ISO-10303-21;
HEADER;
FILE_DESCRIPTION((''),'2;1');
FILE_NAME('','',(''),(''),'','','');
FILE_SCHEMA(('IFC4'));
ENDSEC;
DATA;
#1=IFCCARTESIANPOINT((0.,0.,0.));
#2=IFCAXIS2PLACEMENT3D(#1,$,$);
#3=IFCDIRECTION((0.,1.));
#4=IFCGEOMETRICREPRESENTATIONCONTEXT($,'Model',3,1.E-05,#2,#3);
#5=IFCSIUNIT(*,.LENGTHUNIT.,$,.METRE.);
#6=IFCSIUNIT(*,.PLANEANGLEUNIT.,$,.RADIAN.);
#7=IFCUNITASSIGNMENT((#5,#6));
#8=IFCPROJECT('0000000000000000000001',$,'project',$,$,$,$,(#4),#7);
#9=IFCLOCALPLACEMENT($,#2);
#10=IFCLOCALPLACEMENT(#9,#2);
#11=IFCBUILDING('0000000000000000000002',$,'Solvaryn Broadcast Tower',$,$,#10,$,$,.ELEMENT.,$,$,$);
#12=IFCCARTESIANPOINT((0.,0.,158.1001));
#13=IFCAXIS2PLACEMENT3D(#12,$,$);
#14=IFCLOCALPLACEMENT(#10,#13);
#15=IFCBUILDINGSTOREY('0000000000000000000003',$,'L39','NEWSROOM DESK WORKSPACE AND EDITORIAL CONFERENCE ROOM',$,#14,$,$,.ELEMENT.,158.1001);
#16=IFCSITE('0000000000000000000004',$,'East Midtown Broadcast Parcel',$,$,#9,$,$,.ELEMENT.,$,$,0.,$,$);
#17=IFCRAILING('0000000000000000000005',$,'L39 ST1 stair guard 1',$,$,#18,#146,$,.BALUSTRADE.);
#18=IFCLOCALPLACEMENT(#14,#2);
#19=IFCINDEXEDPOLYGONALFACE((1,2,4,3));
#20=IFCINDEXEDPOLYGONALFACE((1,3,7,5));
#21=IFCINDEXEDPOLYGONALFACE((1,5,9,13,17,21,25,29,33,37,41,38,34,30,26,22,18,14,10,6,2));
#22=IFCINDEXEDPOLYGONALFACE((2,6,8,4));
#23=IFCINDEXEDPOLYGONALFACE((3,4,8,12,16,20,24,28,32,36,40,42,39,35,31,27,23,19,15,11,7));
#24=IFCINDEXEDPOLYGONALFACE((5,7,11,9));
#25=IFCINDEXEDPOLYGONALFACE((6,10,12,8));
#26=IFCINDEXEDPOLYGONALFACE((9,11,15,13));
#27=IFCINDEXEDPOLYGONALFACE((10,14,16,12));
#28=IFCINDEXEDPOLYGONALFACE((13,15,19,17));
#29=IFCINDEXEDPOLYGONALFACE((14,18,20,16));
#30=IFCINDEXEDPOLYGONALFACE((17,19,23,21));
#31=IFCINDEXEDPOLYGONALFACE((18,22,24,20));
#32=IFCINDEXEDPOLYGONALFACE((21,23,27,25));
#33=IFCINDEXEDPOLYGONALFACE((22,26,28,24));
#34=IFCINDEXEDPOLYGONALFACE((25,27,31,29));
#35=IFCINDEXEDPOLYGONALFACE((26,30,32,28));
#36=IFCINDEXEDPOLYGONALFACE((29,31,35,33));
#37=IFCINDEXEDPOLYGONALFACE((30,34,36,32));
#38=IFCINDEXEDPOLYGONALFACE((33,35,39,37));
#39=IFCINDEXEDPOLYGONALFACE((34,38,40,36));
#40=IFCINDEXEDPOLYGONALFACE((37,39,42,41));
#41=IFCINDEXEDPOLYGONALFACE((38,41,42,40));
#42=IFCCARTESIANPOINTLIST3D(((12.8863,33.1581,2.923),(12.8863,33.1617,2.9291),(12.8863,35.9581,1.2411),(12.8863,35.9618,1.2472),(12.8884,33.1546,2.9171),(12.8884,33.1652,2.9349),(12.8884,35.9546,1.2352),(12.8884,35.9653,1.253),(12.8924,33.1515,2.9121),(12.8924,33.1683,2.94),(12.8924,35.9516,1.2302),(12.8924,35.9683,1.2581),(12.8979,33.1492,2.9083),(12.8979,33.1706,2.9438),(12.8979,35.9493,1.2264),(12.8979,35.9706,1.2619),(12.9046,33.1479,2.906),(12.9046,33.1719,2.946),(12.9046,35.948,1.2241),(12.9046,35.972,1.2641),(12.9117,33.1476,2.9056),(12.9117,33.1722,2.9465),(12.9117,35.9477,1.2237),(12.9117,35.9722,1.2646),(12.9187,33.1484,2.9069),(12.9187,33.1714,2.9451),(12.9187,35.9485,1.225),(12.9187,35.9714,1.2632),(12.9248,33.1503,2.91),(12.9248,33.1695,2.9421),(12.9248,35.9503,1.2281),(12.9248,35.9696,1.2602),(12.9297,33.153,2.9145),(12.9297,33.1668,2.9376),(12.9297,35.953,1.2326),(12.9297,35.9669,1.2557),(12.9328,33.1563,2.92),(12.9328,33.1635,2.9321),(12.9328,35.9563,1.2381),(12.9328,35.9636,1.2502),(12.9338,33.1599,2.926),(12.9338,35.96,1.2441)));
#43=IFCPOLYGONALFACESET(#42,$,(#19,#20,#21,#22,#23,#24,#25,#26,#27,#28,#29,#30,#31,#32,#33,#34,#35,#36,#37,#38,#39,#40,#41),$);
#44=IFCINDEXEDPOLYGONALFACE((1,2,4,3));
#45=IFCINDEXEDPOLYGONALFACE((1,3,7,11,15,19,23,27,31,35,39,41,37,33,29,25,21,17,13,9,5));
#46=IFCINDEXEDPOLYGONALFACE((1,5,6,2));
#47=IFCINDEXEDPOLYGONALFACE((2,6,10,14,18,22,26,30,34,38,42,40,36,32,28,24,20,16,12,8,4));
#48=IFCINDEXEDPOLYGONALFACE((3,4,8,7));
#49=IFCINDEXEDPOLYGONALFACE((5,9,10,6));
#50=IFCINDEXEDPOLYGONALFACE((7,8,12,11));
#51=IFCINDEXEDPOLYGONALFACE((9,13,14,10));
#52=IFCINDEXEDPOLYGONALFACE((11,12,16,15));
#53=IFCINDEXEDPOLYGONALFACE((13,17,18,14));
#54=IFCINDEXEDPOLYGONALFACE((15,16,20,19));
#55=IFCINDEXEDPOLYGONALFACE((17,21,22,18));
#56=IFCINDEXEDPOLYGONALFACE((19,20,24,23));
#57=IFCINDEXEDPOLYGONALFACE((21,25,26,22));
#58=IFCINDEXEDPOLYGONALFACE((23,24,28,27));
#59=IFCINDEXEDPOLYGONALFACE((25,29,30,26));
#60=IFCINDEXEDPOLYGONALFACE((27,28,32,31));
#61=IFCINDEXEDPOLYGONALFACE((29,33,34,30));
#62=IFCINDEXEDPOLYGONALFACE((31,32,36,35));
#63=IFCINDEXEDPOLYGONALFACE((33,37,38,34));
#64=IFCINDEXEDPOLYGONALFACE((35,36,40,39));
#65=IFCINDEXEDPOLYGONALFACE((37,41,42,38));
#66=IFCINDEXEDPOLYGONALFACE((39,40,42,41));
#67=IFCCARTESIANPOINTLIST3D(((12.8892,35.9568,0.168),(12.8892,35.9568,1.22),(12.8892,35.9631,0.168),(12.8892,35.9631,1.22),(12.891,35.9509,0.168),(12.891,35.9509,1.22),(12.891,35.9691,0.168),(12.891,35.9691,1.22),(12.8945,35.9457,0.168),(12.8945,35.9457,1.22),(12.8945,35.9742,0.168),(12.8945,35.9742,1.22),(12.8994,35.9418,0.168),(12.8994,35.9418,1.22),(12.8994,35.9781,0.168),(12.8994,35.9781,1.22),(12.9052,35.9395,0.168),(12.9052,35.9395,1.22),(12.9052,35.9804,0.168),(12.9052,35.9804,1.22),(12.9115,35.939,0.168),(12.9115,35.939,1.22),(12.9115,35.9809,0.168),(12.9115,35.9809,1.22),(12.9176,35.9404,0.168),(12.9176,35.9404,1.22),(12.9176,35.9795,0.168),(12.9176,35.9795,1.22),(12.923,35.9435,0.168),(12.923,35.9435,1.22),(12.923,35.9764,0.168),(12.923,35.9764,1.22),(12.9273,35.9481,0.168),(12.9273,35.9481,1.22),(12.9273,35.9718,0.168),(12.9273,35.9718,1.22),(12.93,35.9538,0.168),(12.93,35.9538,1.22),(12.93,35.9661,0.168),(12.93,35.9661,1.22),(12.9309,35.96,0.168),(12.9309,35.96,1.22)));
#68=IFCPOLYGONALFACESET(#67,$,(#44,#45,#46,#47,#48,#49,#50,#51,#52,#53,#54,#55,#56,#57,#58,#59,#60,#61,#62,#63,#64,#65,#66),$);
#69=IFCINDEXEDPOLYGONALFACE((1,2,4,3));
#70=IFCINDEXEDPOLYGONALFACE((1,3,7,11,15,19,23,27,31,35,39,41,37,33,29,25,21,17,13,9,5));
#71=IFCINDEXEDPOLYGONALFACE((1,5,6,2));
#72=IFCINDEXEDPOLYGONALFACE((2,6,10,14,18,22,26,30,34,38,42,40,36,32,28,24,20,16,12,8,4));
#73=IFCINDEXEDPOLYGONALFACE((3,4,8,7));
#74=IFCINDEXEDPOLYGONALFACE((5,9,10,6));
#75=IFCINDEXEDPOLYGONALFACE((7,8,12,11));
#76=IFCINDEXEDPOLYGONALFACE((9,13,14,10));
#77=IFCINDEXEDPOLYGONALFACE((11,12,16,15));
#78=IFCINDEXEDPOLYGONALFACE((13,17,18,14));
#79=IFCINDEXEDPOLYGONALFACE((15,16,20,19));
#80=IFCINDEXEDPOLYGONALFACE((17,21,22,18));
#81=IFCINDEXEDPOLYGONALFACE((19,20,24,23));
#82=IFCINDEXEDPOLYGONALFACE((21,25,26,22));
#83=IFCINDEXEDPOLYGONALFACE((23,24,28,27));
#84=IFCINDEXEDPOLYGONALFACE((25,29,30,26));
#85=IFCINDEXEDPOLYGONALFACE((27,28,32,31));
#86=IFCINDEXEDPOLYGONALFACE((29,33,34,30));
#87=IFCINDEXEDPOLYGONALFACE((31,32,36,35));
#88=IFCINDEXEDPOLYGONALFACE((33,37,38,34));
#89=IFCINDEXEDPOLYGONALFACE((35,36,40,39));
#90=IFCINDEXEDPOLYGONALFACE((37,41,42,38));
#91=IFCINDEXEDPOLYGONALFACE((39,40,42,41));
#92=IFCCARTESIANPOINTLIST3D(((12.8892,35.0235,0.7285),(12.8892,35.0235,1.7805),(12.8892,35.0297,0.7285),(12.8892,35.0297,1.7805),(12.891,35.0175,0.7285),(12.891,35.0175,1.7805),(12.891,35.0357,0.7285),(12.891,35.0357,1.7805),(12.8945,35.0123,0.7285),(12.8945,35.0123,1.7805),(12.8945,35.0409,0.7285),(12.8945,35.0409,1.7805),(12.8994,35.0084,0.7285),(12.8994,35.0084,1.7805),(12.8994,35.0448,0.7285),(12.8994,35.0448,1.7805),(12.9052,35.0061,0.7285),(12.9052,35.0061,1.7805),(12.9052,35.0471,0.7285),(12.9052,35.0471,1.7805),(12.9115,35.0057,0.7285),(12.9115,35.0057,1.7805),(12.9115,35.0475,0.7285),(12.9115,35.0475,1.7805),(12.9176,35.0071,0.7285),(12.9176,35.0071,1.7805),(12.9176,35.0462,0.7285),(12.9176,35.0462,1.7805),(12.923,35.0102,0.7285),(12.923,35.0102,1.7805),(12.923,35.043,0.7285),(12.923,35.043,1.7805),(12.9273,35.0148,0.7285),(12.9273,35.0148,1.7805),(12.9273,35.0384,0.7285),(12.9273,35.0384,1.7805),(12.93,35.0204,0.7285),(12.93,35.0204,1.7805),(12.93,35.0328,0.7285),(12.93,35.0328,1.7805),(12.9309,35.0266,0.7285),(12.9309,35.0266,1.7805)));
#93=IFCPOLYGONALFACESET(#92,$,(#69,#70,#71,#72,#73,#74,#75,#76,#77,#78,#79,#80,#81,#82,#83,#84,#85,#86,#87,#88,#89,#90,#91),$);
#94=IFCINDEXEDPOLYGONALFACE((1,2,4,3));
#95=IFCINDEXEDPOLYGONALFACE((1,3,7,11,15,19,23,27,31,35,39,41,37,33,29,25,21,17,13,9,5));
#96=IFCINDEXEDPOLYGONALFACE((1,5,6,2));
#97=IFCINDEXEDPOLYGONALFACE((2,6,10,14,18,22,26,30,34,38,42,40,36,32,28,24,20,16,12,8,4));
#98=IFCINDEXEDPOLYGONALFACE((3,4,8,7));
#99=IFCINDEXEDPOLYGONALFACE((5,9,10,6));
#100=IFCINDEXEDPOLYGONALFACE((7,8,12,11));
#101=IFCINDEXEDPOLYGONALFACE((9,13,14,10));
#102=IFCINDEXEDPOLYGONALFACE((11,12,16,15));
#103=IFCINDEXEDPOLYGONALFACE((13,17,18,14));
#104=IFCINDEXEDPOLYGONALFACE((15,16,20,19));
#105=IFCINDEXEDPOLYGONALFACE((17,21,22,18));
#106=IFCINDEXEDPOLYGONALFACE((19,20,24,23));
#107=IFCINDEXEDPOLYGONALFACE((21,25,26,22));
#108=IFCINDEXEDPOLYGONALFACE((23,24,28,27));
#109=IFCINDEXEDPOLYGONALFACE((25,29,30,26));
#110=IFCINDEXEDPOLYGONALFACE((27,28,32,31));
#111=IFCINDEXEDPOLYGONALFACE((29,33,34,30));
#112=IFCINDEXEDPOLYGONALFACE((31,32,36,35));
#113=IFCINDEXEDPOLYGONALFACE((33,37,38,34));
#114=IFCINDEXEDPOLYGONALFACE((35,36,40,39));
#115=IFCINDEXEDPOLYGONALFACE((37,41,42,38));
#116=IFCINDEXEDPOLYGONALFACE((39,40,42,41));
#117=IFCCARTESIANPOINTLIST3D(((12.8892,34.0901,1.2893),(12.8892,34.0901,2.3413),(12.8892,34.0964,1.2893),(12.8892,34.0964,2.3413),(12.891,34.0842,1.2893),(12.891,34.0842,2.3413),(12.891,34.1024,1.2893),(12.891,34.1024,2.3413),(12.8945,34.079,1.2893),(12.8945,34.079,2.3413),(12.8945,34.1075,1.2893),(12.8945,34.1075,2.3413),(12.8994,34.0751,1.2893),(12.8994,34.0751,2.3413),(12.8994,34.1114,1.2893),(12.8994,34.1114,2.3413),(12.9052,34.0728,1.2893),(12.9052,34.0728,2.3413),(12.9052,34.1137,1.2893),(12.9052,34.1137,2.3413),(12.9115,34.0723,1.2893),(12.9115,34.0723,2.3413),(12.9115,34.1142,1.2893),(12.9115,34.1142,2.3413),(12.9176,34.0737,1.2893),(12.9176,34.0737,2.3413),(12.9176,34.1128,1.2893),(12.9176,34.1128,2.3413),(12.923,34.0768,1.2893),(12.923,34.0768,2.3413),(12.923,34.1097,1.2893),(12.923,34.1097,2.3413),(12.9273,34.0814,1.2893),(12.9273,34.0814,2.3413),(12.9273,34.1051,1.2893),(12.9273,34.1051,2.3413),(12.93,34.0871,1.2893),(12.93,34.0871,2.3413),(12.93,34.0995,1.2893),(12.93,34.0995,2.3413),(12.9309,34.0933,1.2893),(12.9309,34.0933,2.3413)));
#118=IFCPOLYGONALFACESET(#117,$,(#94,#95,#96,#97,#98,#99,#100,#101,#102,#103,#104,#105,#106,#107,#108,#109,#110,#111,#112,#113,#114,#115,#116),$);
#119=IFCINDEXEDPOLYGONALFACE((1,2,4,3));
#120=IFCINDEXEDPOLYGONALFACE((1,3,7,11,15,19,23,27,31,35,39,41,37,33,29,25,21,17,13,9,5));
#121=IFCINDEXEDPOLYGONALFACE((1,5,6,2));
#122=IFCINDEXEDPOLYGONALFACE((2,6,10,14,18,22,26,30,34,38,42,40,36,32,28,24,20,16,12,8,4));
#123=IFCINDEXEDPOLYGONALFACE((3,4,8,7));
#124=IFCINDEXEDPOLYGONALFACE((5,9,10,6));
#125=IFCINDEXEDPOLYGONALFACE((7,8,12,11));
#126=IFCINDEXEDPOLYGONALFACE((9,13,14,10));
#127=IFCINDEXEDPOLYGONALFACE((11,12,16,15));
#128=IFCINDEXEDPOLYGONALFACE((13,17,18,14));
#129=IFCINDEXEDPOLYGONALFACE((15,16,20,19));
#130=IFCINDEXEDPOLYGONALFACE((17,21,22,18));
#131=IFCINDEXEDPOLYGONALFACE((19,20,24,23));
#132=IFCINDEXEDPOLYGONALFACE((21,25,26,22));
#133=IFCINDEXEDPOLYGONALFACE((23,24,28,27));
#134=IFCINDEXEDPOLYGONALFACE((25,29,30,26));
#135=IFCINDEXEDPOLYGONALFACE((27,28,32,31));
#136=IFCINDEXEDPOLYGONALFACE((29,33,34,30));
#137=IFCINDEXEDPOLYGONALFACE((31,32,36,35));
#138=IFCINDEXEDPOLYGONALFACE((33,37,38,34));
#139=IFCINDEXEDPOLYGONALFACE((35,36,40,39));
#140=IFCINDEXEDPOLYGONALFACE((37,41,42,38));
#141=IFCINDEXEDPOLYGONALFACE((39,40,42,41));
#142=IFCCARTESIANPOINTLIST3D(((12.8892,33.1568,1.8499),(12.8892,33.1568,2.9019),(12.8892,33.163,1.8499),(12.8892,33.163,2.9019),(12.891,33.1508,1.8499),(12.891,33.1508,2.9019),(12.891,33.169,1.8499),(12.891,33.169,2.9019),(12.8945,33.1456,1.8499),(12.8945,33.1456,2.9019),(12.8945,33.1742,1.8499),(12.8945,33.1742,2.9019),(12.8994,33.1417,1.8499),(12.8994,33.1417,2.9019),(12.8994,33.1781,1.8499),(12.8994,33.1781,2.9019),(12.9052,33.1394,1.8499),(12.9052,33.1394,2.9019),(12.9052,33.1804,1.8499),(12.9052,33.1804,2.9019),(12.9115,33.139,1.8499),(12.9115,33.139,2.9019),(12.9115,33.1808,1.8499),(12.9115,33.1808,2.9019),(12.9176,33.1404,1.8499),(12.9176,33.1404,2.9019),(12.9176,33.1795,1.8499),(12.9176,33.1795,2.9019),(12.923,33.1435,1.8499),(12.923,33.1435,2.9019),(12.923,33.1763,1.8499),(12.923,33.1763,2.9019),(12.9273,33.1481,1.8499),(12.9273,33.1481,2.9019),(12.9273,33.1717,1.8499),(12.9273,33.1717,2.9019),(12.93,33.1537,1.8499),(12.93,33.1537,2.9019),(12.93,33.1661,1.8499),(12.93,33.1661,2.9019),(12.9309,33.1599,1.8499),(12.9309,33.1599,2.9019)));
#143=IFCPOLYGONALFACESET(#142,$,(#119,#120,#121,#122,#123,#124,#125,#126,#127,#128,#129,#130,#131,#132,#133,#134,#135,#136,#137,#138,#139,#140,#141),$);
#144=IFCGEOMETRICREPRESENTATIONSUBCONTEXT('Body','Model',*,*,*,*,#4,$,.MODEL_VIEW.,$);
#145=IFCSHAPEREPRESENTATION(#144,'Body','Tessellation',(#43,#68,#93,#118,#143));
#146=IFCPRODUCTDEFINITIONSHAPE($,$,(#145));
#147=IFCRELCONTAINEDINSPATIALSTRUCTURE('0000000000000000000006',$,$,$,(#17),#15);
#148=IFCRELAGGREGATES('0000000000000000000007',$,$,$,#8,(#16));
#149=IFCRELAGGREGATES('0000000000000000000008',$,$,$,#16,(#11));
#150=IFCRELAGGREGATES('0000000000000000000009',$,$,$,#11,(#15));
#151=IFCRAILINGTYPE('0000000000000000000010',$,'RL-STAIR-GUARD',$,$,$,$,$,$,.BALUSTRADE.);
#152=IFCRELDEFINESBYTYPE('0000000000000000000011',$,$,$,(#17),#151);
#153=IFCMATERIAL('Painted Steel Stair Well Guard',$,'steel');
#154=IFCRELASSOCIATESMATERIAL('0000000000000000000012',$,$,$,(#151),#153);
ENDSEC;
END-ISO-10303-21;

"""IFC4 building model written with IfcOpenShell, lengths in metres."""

from ifc_helpers import new_model, si_unit, direction, frame, origin, origin_2d, place, context, subcontext, project, spatial, circle, extrude, material, type_object, element, save


model = new_model("IFC4")

# Units and contexts
model_context = context("Model", 3, precision=1e-05, world=origin(), true_north=direction((0.0, 1.0)))
body_context = subcontext(model_context, "Body", "Model", "MODEL_VIEW")
ifc_project = project(units=[si_unit("LENGTHUNIT", "METRE"), si_unit("PLANEANGLEUNIT", "RADIAN")], contexts=[model_context])

# Site, building, storey
site_placement = place(None, origin())
site = spatial("IfcSite", under=ifc_project, at=site_placement, Name="East Midtown Broadcast Parcel", CompositionType="ELEMENT", RefElevation=0.0)
building_placement = place(site_placement, origin())
building = spatial("IfcBuilding", under=site, at=building_placement, Name="Solvaryn Broadcast Tower", CompositionType="ELEMENT")
storey_placement = place(building_placement, frame((0.0, 0.0, 158.1001)))
storey = spatial("IfcBuildingStorey", under=building, at=storey_placement, Name="L39", Description="NEWSROOM DESK WORKSPACE AND EDITORIAL CONFERENCE ROOM", CompositionType="ELEMENT", Elevation=158.1001)

# Railing
ifc_material_1 = material(Name="Painted Steel Stair Well Guard", Category="steel")
railing_type_1 = type_object("IfcRailingType", Name="RL-STAIR-GUARD", PredefinedType="BALUSTRADE", material=ifc_material_1)
railing_1_placement = place(storey_placement, frame((12.9099, 35.96, 0.168)))
element("IfcRailing", 1, at=railing_1_placement, inside=storey, type_object=railing_type_1, Name="L39 ST1 stair guard 1", PredefinedType="BALUSTRADE", context=body_context, shape_type="SweptSolid", body=[
    extrude(circle(Radius=0.0239, at=origin_2d()), frame((0.0, 0.0, 1.0762), z_axis=(0.0, -0.857242, 0.514913), x_axis=(1.0, 0.0, 0.0)), (0.0, 0.0, 1.0), 3.2664),
    extrude(circle(Radius=0.021, at=origin_2d()), origin(), (0.0, 0.0, 1.0), 1.052),
    extrude(circle(Radius=0.021, at=origin_2d()), frame((0.0, -0.9333, 0.5605)), (0.0, 0.0, 1.0), 1.052),
    extrude(circle(Radius=0.021, at=origin_2d()), frame((0.0, -1.8667, 1.1213)), (0.0, 0.0, 1.0), 1.052),
    extrude(circle(Radius=0.021, at=origin_2d()), frame((0.0, -2.8, 1.6819)), (0.0, 0.0, 1.0), 1.052),
])

save(model, "model.ifc")
